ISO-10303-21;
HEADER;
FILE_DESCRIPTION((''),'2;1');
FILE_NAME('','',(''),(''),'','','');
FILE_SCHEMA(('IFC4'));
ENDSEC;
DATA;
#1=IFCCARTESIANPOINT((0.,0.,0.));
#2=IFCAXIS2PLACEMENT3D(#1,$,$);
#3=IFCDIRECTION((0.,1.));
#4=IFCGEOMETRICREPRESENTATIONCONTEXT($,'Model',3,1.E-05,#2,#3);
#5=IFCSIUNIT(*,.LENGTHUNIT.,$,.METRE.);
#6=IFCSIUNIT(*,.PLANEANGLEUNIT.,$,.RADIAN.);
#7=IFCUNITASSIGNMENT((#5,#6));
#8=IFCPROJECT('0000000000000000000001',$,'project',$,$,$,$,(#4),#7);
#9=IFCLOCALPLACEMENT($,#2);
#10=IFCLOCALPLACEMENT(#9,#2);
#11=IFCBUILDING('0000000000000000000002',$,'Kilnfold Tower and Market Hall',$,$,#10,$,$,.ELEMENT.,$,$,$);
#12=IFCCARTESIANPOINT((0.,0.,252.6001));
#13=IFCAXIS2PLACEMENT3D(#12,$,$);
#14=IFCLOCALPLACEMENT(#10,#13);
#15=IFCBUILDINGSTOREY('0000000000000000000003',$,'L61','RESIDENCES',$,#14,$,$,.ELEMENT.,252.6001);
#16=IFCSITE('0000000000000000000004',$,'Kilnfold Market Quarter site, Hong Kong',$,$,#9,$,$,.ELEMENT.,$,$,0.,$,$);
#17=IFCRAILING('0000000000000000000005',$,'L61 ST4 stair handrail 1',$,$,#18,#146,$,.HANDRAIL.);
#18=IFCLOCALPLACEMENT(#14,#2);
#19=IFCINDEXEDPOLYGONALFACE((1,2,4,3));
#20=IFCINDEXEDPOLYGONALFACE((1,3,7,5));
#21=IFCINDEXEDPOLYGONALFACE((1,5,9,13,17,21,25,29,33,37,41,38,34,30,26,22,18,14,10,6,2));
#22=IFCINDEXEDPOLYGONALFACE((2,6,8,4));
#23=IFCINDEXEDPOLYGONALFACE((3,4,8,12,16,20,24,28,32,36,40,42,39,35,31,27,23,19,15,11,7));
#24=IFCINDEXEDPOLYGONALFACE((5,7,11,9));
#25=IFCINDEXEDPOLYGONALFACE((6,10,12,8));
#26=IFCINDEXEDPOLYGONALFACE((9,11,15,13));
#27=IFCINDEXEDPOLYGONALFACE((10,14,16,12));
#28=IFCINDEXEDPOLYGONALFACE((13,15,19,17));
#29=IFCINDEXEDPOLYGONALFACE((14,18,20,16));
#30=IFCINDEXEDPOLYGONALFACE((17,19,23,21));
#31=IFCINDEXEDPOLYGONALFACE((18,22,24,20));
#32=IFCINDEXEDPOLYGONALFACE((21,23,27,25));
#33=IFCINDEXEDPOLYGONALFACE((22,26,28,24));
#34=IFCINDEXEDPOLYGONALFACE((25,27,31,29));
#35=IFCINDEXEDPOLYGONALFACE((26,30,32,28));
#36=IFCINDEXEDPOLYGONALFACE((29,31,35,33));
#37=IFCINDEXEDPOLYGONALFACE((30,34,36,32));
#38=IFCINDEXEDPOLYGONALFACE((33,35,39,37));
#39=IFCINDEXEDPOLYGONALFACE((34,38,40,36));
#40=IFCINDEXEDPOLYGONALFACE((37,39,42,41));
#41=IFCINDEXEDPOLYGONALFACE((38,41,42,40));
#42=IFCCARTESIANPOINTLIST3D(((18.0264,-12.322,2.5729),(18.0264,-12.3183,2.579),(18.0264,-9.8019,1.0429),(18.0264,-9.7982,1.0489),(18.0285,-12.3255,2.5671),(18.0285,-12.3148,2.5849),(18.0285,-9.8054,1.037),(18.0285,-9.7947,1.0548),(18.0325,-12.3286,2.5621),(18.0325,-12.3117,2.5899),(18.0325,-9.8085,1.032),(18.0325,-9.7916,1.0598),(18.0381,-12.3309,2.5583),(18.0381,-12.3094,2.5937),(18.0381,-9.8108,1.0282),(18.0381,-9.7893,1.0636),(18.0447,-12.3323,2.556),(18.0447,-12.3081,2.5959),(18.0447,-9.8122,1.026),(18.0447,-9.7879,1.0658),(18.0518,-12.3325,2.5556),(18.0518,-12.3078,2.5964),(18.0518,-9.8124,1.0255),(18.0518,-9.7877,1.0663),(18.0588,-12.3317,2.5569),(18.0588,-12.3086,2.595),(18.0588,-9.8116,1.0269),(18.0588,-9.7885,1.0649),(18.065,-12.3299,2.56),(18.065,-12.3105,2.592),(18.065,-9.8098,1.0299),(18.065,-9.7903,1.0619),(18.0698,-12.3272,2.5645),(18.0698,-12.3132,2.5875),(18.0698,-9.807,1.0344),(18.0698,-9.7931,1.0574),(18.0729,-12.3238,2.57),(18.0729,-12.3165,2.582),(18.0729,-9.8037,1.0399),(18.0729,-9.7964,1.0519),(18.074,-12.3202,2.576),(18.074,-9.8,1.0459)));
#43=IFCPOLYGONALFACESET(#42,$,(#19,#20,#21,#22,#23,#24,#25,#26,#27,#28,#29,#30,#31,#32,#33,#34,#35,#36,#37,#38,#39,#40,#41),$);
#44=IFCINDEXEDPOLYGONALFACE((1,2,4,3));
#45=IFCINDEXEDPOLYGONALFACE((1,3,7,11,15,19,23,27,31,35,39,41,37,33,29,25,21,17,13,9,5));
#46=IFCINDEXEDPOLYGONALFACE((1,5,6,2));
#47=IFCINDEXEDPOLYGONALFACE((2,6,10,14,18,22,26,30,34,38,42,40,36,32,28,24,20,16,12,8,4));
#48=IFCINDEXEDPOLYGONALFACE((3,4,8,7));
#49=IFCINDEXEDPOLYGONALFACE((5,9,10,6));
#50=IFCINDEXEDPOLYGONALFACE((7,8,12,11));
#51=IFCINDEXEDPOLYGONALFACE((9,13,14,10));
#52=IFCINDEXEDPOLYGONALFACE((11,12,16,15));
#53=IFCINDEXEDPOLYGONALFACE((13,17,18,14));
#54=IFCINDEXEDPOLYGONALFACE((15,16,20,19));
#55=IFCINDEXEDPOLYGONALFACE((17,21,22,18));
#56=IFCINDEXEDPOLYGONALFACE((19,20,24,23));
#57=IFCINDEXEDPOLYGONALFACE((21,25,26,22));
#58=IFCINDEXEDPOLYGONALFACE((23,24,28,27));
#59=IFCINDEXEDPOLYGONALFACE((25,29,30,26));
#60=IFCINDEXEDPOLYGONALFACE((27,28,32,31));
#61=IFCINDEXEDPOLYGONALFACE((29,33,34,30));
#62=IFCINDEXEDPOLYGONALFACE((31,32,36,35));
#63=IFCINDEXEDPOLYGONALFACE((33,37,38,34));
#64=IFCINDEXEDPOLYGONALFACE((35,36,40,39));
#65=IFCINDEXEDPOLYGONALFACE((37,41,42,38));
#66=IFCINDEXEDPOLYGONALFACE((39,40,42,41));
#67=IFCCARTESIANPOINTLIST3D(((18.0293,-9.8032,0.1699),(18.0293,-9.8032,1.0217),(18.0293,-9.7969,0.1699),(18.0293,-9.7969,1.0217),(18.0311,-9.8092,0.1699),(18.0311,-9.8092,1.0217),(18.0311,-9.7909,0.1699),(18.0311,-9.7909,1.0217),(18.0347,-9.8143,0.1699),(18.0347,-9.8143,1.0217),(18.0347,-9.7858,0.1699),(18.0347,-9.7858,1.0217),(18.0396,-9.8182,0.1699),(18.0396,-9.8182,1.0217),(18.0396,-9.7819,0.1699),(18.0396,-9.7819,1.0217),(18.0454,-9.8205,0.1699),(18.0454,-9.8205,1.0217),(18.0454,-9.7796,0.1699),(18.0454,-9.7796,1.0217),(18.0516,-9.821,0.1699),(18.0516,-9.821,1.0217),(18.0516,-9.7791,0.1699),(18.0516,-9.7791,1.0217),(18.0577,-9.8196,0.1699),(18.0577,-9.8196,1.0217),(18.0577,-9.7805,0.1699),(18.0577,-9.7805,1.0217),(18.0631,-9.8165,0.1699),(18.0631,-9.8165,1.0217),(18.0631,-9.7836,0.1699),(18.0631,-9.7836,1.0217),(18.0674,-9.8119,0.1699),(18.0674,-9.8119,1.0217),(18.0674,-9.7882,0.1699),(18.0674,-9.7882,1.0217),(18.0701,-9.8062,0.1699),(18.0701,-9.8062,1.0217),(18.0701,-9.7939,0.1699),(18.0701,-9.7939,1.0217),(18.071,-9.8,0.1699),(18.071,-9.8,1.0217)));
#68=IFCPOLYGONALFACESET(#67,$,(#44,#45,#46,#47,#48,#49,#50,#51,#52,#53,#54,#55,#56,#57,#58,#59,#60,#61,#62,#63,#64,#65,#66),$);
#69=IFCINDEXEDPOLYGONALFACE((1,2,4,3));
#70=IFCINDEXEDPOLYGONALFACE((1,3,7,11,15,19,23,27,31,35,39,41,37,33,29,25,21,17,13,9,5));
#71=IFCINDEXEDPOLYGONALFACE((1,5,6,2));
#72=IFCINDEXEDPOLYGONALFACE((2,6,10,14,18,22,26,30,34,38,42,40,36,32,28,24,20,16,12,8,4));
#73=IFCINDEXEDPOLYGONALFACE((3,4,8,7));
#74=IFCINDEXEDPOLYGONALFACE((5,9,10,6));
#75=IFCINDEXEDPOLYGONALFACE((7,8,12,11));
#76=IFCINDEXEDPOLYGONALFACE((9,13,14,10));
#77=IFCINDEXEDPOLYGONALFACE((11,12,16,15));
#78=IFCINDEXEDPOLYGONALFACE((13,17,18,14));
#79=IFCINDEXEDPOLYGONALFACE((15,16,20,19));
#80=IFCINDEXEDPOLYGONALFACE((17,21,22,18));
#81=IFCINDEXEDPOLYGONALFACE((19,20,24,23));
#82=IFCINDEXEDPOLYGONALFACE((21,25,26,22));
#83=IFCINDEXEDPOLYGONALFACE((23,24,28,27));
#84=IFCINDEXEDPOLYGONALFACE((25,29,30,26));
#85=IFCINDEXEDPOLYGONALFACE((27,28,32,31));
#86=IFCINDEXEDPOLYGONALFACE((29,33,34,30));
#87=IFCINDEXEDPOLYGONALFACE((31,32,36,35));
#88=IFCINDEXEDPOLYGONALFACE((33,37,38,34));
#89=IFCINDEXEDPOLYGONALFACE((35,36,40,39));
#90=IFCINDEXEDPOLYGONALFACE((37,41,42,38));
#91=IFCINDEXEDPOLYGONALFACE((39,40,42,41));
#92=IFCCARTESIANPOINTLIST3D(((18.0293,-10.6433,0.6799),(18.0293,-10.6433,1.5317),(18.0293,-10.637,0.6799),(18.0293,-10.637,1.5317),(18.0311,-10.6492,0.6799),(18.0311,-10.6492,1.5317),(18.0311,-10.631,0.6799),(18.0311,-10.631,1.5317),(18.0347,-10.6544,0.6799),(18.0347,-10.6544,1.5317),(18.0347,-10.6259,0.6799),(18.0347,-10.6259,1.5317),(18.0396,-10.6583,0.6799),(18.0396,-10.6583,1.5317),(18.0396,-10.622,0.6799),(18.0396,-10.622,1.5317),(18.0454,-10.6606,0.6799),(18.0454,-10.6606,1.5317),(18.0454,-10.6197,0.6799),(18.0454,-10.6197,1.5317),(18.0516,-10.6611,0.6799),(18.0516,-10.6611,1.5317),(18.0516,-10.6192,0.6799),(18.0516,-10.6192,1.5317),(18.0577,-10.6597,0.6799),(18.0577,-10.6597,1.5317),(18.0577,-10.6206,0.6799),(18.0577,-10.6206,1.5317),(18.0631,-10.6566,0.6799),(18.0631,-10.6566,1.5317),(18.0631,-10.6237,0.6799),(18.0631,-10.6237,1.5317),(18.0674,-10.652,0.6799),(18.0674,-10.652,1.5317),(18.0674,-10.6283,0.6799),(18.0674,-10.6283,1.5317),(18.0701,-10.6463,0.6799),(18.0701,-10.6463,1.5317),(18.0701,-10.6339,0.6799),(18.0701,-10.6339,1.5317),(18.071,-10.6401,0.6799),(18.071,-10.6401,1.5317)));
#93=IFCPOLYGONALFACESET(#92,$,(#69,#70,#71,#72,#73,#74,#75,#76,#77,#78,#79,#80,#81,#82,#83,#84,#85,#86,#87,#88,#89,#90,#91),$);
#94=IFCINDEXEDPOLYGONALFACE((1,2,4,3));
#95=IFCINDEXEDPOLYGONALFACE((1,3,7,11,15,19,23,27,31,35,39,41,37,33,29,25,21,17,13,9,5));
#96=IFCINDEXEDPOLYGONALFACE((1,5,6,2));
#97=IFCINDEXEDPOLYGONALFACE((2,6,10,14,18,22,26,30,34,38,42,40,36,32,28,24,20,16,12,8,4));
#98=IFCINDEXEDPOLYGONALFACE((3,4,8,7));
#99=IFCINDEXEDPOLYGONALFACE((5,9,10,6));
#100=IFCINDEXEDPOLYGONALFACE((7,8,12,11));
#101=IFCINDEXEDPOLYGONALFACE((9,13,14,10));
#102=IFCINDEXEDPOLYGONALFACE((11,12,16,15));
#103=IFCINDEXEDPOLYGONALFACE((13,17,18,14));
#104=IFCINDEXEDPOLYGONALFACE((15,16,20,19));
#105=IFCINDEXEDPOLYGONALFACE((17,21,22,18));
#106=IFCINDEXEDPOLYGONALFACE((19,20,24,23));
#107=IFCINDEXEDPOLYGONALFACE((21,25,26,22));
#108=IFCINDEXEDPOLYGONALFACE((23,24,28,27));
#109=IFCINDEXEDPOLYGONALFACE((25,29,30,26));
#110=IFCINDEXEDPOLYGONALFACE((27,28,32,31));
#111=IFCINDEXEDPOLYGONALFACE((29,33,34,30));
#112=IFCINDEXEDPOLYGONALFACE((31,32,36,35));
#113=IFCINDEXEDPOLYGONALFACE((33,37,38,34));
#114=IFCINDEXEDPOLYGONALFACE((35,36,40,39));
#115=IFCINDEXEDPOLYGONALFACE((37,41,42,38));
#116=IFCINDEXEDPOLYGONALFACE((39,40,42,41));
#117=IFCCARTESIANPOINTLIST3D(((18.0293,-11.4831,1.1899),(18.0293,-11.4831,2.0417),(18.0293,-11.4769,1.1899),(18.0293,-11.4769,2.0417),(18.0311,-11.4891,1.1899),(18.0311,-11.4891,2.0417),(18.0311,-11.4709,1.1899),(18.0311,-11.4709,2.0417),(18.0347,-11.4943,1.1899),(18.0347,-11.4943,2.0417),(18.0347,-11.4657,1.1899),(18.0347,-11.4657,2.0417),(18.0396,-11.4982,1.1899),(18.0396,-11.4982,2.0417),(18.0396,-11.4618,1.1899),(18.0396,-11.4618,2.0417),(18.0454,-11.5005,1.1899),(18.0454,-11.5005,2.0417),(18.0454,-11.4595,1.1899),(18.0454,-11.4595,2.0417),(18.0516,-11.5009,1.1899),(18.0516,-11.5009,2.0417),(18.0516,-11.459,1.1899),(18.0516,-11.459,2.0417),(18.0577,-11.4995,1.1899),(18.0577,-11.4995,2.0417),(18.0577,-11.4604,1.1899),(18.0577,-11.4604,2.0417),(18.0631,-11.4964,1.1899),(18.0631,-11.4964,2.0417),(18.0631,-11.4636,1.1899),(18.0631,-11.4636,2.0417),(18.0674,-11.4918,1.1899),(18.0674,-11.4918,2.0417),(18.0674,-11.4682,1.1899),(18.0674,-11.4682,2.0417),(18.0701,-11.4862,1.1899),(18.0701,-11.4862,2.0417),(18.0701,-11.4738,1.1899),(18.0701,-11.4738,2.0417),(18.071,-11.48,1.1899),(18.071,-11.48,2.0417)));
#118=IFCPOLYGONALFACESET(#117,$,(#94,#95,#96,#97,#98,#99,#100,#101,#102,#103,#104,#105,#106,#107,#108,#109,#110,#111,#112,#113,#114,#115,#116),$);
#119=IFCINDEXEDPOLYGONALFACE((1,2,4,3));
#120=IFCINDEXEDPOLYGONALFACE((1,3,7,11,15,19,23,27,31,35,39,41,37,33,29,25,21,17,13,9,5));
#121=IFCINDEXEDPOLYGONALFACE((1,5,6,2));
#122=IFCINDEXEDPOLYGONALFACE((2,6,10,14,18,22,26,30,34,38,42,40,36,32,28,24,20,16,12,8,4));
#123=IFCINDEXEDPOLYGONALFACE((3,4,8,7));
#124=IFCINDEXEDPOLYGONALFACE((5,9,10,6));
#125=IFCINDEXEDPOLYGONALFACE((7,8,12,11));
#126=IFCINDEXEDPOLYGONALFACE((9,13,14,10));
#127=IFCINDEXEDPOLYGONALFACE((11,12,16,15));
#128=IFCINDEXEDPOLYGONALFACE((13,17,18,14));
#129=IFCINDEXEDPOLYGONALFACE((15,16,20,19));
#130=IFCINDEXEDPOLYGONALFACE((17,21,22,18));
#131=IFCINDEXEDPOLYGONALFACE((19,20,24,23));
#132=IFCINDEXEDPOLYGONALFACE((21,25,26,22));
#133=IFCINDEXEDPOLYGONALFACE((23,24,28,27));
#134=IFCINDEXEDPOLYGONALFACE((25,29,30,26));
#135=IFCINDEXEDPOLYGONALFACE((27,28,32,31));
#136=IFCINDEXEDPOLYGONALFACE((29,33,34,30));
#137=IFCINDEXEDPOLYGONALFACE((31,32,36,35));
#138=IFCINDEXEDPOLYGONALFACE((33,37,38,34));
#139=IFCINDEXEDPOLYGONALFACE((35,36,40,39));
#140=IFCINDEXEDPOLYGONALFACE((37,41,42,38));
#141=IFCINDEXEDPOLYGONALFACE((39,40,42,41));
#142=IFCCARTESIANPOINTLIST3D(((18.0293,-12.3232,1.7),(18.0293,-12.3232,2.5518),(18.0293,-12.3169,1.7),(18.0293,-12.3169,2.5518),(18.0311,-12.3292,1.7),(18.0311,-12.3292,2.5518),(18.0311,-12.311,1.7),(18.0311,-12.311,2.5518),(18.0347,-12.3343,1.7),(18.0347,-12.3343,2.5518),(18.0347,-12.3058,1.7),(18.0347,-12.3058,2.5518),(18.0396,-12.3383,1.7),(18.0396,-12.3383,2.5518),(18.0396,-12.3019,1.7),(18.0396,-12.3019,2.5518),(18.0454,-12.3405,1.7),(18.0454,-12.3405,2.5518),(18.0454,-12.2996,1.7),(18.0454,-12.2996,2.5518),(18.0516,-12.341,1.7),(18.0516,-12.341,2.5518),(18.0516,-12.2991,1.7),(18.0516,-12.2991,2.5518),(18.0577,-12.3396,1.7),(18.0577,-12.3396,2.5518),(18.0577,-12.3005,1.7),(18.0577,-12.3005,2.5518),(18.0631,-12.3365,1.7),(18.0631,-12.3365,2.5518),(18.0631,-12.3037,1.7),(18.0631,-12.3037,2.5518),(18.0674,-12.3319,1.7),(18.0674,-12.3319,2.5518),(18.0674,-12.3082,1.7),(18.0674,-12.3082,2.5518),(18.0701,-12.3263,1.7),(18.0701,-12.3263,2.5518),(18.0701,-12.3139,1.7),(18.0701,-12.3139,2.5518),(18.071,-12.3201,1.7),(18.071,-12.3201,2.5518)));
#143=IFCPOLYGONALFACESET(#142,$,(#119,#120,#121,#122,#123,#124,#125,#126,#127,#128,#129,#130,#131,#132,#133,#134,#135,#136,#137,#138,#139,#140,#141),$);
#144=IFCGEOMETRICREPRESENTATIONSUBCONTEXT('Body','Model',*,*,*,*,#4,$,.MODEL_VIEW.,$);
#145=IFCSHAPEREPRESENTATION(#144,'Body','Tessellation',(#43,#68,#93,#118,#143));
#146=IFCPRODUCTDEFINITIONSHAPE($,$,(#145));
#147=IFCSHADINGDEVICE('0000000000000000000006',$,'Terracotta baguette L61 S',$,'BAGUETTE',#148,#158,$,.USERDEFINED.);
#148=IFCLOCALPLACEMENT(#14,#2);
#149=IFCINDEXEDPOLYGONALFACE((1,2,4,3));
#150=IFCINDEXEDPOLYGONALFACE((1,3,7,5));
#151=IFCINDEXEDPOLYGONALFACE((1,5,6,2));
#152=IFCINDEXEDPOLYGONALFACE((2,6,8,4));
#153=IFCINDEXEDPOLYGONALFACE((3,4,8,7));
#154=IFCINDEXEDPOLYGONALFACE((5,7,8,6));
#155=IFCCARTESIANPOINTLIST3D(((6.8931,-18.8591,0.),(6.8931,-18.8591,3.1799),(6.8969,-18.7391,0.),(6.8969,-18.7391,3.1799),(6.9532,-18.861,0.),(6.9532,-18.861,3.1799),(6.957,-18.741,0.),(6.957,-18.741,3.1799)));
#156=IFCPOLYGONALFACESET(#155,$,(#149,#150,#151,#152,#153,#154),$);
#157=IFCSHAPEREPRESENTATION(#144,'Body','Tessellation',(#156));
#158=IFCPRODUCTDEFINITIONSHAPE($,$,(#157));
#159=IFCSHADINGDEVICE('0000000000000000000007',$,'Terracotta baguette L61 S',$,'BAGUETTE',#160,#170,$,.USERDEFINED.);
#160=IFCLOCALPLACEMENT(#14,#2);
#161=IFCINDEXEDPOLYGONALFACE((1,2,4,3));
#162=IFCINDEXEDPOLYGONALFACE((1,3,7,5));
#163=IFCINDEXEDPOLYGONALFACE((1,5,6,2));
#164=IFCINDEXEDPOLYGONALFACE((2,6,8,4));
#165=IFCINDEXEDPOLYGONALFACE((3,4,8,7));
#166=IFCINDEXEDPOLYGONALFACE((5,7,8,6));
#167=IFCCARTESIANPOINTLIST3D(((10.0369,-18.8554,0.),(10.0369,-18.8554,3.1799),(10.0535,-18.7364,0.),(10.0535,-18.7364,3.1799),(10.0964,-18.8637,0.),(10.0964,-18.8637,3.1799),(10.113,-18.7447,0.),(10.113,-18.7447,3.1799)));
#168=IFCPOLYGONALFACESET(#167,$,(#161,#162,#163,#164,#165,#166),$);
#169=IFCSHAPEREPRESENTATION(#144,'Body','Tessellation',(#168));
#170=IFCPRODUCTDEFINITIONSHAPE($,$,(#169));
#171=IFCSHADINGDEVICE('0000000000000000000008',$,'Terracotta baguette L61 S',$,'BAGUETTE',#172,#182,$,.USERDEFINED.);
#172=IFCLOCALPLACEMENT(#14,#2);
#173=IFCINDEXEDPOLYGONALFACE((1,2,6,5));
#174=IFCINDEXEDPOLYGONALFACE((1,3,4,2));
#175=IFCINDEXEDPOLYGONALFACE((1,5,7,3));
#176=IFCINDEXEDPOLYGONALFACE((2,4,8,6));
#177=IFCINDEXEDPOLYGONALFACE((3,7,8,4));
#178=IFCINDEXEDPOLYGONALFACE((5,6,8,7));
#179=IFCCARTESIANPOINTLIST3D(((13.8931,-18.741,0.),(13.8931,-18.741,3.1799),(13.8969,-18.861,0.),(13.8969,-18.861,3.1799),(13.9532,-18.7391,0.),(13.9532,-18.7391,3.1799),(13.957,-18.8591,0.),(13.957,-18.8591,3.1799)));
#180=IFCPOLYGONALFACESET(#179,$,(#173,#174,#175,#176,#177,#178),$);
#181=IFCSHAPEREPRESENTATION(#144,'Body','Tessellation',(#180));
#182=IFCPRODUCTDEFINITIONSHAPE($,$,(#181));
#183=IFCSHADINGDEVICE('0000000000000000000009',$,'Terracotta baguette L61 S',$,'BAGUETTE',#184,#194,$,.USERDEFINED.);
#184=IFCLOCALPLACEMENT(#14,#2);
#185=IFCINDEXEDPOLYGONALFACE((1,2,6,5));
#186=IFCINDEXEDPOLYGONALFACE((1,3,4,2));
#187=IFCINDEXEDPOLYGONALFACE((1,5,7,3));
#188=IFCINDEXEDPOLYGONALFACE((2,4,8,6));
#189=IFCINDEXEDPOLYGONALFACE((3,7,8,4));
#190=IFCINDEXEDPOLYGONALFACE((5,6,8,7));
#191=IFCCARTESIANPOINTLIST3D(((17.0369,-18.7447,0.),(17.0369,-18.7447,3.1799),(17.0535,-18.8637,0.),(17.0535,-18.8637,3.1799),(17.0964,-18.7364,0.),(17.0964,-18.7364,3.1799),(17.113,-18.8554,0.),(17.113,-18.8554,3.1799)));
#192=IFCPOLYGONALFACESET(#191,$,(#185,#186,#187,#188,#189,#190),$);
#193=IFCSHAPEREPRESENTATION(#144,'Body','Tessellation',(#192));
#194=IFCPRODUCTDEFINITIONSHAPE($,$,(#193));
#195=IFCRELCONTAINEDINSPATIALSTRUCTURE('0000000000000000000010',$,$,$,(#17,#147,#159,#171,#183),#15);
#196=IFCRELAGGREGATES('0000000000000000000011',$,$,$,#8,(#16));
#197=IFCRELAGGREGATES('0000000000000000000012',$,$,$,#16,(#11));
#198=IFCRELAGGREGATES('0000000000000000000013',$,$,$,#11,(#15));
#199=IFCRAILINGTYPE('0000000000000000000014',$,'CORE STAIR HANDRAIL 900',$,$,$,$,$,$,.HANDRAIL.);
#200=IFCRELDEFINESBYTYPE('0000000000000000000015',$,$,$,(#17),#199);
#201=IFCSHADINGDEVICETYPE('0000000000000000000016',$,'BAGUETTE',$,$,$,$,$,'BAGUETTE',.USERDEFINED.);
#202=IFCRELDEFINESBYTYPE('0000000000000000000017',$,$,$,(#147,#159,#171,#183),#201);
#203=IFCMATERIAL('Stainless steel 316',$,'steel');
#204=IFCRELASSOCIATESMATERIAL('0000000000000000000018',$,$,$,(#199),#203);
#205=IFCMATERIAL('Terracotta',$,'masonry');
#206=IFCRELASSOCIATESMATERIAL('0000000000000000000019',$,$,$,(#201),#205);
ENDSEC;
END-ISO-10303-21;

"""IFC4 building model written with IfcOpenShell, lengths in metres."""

from ifc_helpers import new_model, si_unit, direction, frame, origin, origin_2d, place, context, subcontext, project, spatial, rectangle, circle, extrude, source, transform, mapped, material, material_profile, profile_set, type_object, element, save


model = new_model("IFC4")

# Units and contexts
model_context = context("Model", 3, precision=1e-05, world=origin(), true_north=direction((0.0, 1.0)))
body_context = subcontext(model_context, "Body", "Model", "MODEL_VIEW")
ifc_project = project(units=[si_unit("LENGTHUNIT", "METRE"), si_unit("PLANEANGLEUNIT", "RADIAN")], contexts=[model_context])

# Site, building, storey
site_placement = place(None, origin())
site = spatial("IfcSite", under=ifc_project, at=site_placement, Name="Kilnfold Market Quarter site, Hong Kong", CompositionType="ELEMENT", RefElevation=0.0)
building_placement = place(site_placement, origin())
building = spatial("IfcBuilding", under=site, at=building_placement, Name="Kilnfold Tower and Market Hall", CompositionType="ELEMENT")
storey_placement = place(building_placement, frame((0.0, 0.0, 252.6001)))
storey = spatial("IfcBuildingStorey", under=building, at=storey_placement, Name="L61", Description="RESIDENCES", CompositionType="ELEMENT", Elevation=252.6001)

# Railing
ifc_material_1 = material(Name="Stainless steel 316", Category="steel")
railing_type = type_object("IfcRailingType", Name="CORE STAIR HANDRAIL 900", PredefinedType="HANDRAIL", material=ifc_material_1)
railing_placement = place(storey_placement, frame((18.05, -9.8, 0.1699)))
element("IfcRailing", 1, at=railing_placement, inside=storey, type_object=railing_type, Name="L61 ST4 stair handrail 1", PredefinedType="HANDRAIL", context=body_context, shape_type="SweptSolid", body=[
    extrude(circle(Radius=0.0239, at=origin_2d()), frame((0.0, 0.0, 0.876), z_axis=(0.0, -0.854785, 0.518982), x_axis=(1.0, 0.0, 0.0)), (0.0, 0.0, 1.0), 2.9482),
    extrude(circle(Radius=0.021, at=origin_2d()), origin(), (0.0, 0.0, 1.0), 0.8518),
    extrude(circle(Radius=0.021, at=origin_2d()), frame((0.0, -0.8401, 0.51)), (0.0, 0.0, 1.0), 0.8518),
    extrude(circle(Radius=0.021, at=origin_2d()), frame((0.0, -1.6799, 1.02)), (0.0, 0.0, 1.0), 0.8518),
    extrude(circle(Radius=0.021, at=origin_2d()), frame((0.0, -2.52, 1.53)), (0.0, 0.0, 1.0), 0.8518),
])

# Shading devices
ifc_material_2 = material(Name="Terracotta", Category="masonry")
ifc_material_profile_1 = material_profile(ifc_material_2, rectangle(XDim=0.0601, YDim=0.1201, at=origin_2d()), Name="BAG 60x120")
ifc_profile_set_1 = profile_set([ifc_material_profile_1], Name="Terracotta")
shading_device_type = type_object("IfcShadingDeviceType", Name="BAGUETTE", ElementType="BAGUETTE", PredefinedType="USERDEFINED", material=ifc_profile_set_1)
shared_shape_1 = source(origin(), body_context, "Body", "SweptSolid", [
    extrude(rectangle(XDim=0.0601, YDim=0.1201, at=origin_2d()), origin(), (0.0, 0.0, 1.0), 3.1799),
])
for number, where, z_axis, x_axis, name in (
    (2, (6.925, -18.8, 0.0), (0.0, 0.0, 1.0), (0.999496, -0.031735, 0.0), "Terracotta baguette L61 S"),
    (3, (10.075, -18.8, 0.0), (0.0, 0.0, 1.0), (0.990319, -0.138812, 0.0), "Terracotta baguette L61 S"),
    (4, (13.925, -18.8, 0.0), (0.0, 0.0, 1.0), (0.999496, 0.031735, 0.0), "Terracotta baguette L61 S"),
    (5, (17.075, -18.8, 0.0), (0.0, 0.0, 1.0), (0.990319, 0.138812, 0.0), "Terracotta baguette L61 S"),
):
    element("IfcShadingDevice", number, at=place(storey_placement, frame(where, z_axis=z_axis, x_axis=x_axis)), inside=storey, type_object=shading_device_type, Name=name, ObjectType="BAGUETTE", PredefinedType="USERDEFINED", context=body_context, shape_type="MappedRepresentation", body=[
        mapped(shared_shape_1, transform((0.0, 0.0, 0.0))),
    ])

save(model, "model.ifc")
